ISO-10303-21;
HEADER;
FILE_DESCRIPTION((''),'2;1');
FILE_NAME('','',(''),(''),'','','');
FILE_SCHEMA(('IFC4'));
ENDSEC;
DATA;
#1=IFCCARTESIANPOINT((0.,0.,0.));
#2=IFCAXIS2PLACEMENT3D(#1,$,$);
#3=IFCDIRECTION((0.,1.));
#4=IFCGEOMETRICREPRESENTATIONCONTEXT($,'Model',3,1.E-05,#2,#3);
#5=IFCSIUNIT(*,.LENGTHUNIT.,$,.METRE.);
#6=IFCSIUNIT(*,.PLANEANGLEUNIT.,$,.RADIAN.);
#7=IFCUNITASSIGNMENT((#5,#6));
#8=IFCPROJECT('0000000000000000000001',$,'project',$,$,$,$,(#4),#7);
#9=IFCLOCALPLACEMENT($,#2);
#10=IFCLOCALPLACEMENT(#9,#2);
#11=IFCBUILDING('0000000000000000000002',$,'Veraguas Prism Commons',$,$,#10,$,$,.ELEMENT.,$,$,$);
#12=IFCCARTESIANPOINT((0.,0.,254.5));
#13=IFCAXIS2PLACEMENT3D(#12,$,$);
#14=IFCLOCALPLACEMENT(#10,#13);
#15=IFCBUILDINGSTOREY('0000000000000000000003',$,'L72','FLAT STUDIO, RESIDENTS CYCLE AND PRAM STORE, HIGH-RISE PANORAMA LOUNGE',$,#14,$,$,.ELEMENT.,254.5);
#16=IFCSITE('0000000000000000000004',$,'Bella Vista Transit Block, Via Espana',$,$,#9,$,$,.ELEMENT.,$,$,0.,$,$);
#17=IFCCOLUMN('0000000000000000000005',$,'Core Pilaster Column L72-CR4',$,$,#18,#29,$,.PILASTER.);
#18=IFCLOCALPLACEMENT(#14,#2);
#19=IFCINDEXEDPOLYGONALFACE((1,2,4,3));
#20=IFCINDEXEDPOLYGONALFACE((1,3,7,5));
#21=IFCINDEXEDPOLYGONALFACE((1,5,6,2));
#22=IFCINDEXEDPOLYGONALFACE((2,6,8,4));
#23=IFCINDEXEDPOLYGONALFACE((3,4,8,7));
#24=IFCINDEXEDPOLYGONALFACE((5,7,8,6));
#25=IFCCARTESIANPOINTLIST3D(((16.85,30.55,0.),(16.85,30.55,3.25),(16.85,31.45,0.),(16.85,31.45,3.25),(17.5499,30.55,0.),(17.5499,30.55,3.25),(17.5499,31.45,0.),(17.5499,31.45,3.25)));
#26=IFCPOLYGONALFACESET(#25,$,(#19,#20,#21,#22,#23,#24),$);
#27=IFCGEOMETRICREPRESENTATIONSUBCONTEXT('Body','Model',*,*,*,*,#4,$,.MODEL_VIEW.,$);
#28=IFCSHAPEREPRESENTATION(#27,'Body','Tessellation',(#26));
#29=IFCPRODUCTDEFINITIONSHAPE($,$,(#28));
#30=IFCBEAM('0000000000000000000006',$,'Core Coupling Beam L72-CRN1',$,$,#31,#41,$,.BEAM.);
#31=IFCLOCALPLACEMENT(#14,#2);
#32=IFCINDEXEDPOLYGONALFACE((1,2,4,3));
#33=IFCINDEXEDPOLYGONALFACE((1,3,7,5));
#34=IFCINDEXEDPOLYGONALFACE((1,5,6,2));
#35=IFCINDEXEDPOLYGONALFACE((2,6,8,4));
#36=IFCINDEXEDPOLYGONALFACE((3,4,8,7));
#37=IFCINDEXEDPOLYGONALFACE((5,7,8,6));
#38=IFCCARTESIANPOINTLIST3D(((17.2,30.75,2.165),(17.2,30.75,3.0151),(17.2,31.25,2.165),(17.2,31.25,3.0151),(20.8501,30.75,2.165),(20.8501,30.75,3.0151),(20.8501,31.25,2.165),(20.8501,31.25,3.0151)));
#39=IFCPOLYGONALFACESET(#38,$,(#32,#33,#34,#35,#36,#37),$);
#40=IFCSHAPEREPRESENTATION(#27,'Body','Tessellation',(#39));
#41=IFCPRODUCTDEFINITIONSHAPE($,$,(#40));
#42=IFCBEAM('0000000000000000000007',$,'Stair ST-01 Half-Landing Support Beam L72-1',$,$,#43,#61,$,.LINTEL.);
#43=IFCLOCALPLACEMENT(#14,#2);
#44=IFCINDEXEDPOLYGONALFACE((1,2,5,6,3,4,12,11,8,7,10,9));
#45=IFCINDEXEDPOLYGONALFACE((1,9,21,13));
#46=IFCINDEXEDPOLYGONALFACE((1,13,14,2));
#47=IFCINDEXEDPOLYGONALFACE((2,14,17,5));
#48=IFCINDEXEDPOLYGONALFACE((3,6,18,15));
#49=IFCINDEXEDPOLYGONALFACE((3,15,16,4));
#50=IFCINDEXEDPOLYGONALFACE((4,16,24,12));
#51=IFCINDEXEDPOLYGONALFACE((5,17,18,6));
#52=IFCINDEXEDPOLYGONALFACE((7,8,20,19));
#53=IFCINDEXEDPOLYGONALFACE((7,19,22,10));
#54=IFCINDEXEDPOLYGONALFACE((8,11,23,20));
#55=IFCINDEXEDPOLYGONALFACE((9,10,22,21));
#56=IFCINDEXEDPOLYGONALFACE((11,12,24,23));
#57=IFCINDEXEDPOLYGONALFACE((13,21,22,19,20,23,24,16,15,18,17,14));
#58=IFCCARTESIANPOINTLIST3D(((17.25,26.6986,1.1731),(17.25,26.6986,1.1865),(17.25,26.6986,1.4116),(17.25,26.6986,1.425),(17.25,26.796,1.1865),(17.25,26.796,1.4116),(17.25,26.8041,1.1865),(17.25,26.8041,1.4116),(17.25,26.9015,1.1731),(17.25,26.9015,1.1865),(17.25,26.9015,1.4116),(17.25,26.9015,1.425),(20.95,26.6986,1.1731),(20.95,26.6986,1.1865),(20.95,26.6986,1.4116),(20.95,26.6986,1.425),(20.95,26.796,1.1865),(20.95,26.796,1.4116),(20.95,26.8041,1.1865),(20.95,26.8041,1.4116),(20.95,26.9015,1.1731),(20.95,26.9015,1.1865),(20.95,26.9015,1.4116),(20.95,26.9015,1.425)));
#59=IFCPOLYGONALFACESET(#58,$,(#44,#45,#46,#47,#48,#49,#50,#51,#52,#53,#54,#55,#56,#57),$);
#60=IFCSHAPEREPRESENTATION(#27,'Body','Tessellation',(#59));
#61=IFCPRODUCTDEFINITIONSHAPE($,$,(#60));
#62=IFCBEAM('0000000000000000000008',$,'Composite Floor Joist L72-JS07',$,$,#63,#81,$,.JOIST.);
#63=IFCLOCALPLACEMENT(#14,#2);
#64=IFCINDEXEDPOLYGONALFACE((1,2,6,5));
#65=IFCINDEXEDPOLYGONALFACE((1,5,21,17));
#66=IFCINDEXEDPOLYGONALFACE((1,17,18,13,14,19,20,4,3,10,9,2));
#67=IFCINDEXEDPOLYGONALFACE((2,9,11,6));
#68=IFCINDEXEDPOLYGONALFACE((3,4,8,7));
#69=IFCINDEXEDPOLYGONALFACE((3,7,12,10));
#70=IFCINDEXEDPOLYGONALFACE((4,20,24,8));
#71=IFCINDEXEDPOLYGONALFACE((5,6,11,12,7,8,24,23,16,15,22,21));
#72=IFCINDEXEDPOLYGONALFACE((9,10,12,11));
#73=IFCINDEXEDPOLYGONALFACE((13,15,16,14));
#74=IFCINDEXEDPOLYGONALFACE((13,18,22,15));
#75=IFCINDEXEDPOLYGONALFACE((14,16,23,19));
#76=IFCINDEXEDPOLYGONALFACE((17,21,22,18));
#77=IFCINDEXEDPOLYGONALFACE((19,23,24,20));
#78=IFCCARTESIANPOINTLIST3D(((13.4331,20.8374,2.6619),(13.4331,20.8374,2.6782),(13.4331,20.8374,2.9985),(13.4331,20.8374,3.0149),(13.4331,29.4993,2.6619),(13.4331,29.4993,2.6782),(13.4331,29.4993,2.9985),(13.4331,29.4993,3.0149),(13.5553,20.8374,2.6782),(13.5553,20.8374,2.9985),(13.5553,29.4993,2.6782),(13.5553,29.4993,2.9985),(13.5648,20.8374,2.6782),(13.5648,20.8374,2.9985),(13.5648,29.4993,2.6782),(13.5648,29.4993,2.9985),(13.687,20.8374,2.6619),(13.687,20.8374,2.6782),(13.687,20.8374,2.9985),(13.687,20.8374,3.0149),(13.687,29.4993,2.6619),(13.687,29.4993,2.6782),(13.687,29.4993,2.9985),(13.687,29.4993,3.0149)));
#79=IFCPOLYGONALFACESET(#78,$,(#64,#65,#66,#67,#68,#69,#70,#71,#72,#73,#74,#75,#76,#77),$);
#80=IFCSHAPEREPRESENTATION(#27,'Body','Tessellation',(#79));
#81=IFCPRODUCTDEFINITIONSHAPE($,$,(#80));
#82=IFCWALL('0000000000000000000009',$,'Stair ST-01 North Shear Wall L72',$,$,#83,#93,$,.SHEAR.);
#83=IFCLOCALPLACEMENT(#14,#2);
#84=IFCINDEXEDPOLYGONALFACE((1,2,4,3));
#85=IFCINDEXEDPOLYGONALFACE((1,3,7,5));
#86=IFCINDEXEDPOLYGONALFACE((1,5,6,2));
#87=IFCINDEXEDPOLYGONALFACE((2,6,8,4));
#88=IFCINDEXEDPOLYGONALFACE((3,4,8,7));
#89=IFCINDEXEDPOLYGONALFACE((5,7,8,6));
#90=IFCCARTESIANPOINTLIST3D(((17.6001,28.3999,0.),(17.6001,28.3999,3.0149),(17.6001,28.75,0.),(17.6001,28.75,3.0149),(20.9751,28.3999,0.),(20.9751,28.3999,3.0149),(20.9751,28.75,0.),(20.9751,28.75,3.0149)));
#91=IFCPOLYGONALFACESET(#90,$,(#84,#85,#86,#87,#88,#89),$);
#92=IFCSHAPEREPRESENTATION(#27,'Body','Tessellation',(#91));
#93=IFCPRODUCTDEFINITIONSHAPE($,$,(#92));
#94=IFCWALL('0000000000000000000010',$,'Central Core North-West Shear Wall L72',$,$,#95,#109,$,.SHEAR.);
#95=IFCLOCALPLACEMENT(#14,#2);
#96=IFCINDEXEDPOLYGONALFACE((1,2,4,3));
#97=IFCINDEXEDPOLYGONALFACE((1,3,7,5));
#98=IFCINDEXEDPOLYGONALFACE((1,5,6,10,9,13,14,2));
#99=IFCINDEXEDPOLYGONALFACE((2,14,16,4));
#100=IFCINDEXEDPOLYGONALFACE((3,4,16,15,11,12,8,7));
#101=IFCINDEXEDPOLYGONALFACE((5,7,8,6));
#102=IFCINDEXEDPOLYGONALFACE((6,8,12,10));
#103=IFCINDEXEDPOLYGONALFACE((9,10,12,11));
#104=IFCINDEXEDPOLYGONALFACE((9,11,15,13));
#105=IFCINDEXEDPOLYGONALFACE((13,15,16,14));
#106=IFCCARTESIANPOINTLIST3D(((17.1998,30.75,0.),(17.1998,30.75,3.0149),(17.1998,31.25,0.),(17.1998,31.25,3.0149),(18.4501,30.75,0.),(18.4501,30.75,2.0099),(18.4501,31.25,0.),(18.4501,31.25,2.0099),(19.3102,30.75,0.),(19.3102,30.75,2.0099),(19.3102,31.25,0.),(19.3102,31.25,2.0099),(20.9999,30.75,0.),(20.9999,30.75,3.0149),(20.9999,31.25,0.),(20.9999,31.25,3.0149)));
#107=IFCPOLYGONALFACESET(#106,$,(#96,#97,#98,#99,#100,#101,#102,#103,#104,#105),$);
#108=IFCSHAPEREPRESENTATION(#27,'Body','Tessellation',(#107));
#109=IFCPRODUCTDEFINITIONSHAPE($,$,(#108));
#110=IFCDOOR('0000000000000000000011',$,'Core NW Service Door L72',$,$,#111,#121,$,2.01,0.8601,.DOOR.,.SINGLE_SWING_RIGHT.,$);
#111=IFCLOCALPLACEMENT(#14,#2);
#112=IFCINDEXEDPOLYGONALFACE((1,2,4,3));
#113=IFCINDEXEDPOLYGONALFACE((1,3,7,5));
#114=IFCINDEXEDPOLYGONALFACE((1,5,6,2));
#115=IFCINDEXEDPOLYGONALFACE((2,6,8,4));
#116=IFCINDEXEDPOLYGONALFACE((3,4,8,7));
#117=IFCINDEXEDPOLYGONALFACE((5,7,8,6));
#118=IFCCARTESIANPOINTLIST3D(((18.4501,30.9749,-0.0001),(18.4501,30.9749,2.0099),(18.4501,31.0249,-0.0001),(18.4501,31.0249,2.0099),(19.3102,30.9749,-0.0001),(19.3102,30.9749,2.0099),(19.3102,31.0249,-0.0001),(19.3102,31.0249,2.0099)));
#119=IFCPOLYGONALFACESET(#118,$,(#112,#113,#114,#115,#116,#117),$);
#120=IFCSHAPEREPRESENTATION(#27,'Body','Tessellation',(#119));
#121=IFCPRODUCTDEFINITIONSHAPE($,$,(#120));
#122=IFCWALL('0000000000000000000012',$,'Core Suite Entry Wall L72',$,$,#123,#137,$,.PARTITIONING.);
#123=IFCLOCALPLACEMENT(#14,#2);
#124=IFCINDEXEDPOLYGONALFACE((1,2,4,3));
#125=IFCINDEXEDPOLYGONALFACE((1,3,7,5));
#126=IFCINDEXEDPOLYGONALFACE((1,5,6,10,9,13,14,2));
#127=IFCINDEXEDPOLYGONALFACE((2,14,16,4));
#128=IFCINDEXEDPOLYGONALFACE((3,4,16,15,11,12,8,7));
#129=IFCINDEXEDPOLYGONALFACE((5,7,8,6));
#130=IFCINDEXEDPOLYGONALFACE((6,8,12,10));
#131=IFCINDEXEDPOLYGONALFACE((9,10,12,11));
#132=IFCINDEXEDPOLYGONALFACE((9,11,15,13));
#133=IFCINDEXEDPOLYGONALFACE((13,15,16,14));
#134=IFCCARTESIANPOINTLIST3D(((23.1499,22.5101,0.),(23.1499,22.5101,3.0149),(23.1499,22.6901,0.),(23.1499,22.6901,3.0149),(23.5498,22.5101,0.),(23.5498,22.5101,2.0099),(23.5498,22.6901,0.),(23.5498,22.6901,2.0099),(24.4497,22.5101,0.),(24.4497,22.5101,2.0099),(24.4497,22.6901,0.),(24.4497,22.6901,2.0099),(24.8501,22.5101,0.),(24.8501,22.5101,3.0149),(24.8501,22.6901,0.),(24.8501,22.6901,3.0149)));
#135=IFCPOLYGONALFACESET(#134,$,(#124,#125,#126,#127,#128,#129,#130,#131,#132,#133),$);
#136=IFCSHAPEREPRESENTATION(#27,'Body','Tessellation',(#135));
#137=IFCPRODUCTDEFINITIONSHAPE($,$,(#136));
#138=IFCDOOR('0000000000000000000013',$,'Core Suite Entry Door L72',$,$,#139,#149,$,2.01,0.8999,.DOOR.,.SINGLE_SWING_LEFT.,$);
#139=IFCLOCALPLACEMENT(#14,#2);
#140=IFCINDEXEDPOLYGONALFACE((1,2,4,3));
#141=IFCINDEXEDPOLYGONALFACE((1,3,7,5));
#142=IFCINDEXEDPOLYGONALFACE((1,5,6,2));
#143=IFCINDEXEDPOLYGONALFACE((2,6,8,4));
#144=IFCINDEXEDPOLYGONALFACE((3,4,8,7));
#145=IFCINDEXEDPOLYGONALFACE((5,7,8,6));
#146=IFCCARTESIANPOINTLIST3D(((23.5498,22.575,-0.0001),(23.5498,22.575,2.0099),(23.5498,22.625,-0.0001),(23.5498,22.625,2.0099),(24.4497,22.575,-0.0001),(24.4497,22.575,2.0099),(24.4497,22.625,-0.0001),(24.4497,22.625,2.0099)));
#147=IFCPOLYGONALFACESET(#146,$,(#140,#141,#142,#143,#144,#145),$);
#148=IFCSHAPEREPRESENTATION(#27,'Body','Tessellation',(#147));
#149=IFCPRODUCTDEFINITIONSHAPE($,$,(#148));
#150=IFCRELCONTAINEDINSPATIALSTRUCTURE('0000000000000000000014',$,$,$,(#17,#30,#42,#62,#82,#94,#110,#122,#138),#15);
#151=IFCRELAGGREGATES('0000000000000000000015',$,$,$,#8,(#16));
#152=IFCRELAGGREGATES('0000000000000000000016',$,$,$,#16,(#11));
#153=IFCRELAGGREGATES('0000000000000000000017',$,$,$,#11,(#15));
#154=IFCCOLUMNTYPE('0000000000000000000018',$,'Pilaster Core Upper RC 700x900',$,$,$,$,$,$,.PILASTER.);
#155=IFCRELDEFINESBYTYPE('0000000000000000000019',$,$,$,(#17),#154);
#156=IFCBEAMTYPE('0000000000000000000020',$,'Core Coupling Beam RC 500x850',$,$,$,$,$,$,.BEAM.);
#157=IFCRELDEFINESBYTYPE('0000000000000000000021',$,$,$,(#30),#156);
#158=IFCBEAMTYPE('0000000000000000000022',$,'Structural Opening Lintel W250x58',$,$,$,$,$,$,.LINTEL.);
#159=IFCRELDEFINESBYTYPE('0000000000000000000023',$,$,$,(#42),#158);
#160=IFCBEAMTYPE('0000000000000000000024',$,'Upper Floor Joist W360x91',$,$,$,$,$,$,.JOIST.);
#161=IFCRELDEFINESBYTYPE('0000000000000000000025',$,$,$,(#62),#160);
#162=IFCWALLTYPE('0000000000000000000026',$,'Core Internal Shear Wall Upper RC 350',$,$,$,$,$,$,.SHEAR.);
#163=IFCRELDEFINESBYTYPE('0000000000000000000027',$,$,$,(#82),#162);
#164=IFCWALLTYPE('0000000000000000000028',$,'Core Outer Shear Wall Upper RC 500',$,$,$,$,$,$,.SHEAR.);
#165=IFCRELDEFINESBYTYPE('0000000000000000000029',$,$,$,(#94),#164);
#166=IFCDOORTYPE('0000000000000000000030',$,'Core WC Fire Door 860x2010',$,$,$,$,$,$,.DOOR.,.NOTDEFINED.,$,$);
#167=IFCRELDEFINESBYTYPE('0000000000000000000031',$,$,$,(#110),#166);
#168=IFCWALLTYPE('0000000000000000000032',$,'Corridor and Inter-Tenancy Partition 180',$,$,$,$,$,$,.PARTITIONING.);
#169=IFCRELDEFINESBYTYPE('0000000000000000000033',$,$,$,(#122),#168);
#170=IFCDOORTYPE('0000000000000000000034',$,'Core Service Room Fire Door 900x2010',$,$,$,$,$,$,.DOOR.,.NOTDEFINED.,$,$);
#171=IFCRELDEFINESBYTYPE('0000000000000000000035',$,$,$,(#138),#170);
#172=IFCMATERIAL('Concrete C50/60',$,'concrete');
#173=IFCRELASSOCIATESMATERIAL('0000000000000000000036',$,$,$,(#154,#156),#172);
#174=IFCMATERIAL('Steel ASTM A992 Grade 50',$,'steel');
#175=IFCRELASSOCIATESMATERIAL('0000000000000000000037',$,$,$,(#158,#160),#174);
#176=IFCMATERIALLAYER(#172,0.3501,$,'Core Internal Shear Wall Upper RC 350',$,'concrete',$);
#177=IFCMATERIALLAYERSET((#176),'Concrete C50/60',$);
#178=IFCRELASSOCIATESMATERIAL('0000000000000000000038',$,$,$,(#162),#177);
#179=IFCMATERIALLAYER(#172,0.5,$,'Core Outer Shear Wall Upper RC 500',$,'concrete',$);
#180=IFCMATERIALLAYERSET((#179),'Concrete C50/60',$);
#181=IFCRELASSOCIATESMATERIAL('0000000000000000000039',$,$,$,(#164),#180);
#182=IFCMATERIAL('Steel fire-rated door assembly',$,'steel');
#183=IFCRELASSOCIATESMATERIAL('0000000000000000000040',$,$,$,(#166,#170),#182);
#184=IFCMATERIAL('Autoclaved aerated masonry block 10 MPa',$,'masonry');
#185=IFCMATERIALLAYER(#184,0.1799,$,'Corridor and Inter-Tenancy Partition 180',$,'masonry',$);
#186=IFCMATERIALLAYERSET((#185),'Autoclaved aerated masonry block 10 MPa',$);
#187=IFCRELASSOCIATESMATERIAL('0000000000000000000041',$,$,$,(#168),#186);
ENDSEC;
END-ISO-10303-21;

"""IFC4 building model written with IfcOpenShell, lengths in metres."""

from ifc_helpers import new_model, si_unit, direction, frame, frame_2d, origin, origin_2d, place, context, subcontext, project, spatial, rectangle, i_section, extrude, source, transform, mapped, material, layer, layer_set, material_profile, profile_set, type_object, element, fill, save


model = new_model("IFC4")

# Units and contexts
model_context = context("Model", 3, precision=1e-05, world=origin(), true_north=direction((0.0, 1.0)))
body_context = subcontext(model_context, "Body", "Model", "MODEL_VIEW")
ifc_project = project(units=[si_unit("LENGTHUNIT", "METRE"), si_unit("PLANEANGLEUNIT", "RADIAN")], contexts=[model_context])

# Site, building, storey
site_placement = place(None, origin())
site = spatial("IfcSite", under=ifc_project, at=site_placement, Name="Bella Vista Transit Block, Via Espana", CompositionType="ELEMENT", RefElevation=0.0)
building_placement = place(site_placement, origin())
building = spatial("IfcBuilding", under=site, at=building_placement, Name="Veraguas Prism Commons", CompositionType="ELEMENT")
storey_placement = place(building_placement, frame((0.0, 0.0, 254.5)))
storey = spatial("IfcBuildingStorey", under=building, at=storey_placement, Name="L72", Description="FLAT STUDIO, RESIDENTS CYCLE AND PRAM STORE, HIGH-RISE PANORAMA LOUNGE", CompositionType="ELEMENT", Elevation=254.5)

# Column
ifc_material_1 = material(Name="Concrete C50/60", Category="concrete")
ifc_material_profile_1 = material_profile(ifc_material_1, rectangle(XDim=0.7, YDim=0.8999, at=origin_2d()), Name="RC700X900")
ifc_profile_set_1 = profile_set([ifc_material_profile_1], Name="Concrete C50/60")
column_type = type_object("IfcColumnType", Name="Pilaster Core Upper RC 700x900", PredefinedType="PILASTER", material=ifc_profile_set_1)
column_placement = place(storey_placement, frame((17.2, 31.0, 0.0), z_axis=(0.0, 0.0, 1.0), x_axis=(1.0, 0.0, 0.0)))
element("IfcColumn", 1, at=column_placement, inside=storey, type_object=column_type, Name="Core Pilaster Column L72-CR4", PredefinedType="PILASTER", context=body_context, shape_type="SweptSolid", body=[
    extrude(rectangle(XDim=0.7, YDim=0.8999, at=origin_2d()), origin(), (0.0, 0.0, 1.0), 3.25),
])

# Beams
ifc_material_profile_2 = material_profile(ifc_material_1, rectangle(XDim=0.5, YDim=0.8501, at=origin_2d()), Name="RC500X850")
ifc_profile_set_2 = profile_set([ifc_material_profile_2], Name="Concrete C50/60")
beam_type_1 = type_object("IfcBeamType", Name="Core Coupling Beam RC 500x850", PredefinedType="BEAM", material=ifc_profile_set_2)
beam_1_placement = place(storey_placement, frame((17.2, 31.0, 2.5901), z_axis=(1.0, 0.0, 0.0), x_axis=(0.0, 1.0, 0.0)))
element("IfcBeam", 2, at=beam_1_placement, inside=storey, type_object=beam_type_1, Name="Core Coupling Beam L72-CRN1", PredefinedType="BEAM", context=body_context, shape_type="SweptSolid", body=[
    extrude(rectangle(XDim=0.5, YDim=0.8501, at=origin_2d()), origin(), (0.0, 0.0, 1.0), 3.6501),
])
ifc_material_2 = material(Name="Steel ASTM A992 Grade 50", Category="steel")
ifc_material_profile_3 = material_profile(ifc_material_2, i_section(OverallWidth=0.2029, OverallDepth=0.252, WebThickness=0.0081, FlangeThickness=0.0134, at=origin_2d()), Name="W250X58")
ifc_profile_set_3 = profile_set([ifc_material_profile_3], Name="Steel ASTM A992 Grade 50")
beam_type_2 = type_object("IfcBeamType", Name="Structural Opening Lintel W250x58", PredefinedType="LINTEL", material=ifc_profile_set_3)
beam_2_placement = place(storey_placement, frame((17.25, 26.8, 1.2991), z_axis=(1.0, 0.0, 0.0), x_axis=(0.0, 1.0, 0.0)))
element("IfcBeam", 3, at=beam_2_placement, inside=storey, type_object=beam_type_2, Name="Stair ST-01 Half-Landing Support Beam L72-1", PredefinedType="LINTEL", context=body_context, shape_type="SweptSolid", body=[
    extrude(i_section(OverallWidth=0.2029, OverallDepth=0.252, WebThickness=0.0081, FlangeThickness=0.0134, at=origin_2d()), origin(), (0.0, 0.0, 1.0), 3.7),
])
ifc_material_profile_4 = material_profile(ifc_material_2, i_section(OverallWidth=0.2539, OverallDepth=0.353, WebThickness=0.0095, FlangeThickness=0.0164, at=origin_2d()), Name="W360X91")
ifc_profile_set_4 = profile_set([ifc_material_profile_4], Name="Steel ASTM A992 Grade 50")
beam_type_3 = type_object("IfcBeamType", Name="Upper Floor Joist W360x91", PredefinedType="JOIST", material=ifc_profile_set_4)
beam_3_placement = place(storey_placement, frame((13.5601, 29.4993, 2.8384), z_axis=(0.0, -1.0, 0.0), x_axis=(1.0, 0.0, 0.0)))
element("IfcBeam", 4, at=beam_3_placement, inside=storey, type_object=beam_type_3, Name="Composite Floor Joist L72-JS07", PredefinedType="JOIST", context=body_context, shape_type="SweptSolid", body=[
    extrude(i_section(OverallWidth=0.2539, OverallDepth=0.353, WebThickness=0.0095, FlangeThickness=0.0164, at=origin_2d()), origin(), (0.0, 0.0, 1.0), 8.6619),
])

# Wall
ifc_layer_1 = layer(ifc_material_1, 0.3501, Name="Core Internal Shear Wall Upper RC 350", Category="concrete")
ifc_layer_set_1 = layer_set([ifc_layer_1], Name="Concrete C50/60")
wall_type_1 = type_object("IfcWallType", Name="Core Internal Shear Wall Upper RC 350", PredefinedType="SHEAR", material=ifc_layer_set_1)
wall_1_placement = place(storey_placement, frame((17.6001, 28.575, 0.0), z_axis=(0.0, 0.0, 1.0), x_axis=(1.0, 0.0, 0.0)))
element("IfcWall", 5, at=wall_1_placement, inside=storey, type_object=wall_type_1, Name="Stair ST-01 North Shear Wall L72", PredefinedType="SHEAR", context=body_context, shape_type="SweptSolid", body=[
    extrude(rectangle(XDim=3.375, YDim=0.3501, at=frame_2d((1.6875, 0.0))), origin(), (0.0, 0.0, 1.0), 3.0149),
])

# Walls, openings, doors
ifc_layer_2 = layer(ifc_material_1, 0.5, Name="Core Outer Shear Wall Upper RC 500", Category="concrete")
ifc_layer_set_2 = layer_set([ifc_layer_2], Name="Concrete C50/60")
wall_type_2 = type_object("IfcWallType", Name="Core Outer Shear Wall Upper RC 500", PredefinedType="SHEAR", material=ifc_layer_set_2)
wall_2_placement = place(storey_placement, frame((17.2, 31.0, 0.0), z_axis=(0.0, 0.0, 1.0), x_axis=(1.0, 0.0, 0.0)))
wall_2 = element("IfcWall", 6, at=wall_2_placement, inside=storey, type_object=wall_type_2, Name="Central Core North-West Shear Wall L72", PredefinedType="SHEAR", context=body_context, shape_type="SweptSolid", body=[
    extrude(rectangle(XDim=3.8, YDim=0.5, at=frame_2d((1.8999, 0.0))), origin(), (0.0, 0.0, 1.0), 3.0149),
])
opening_1_placement = place(wall_2_placement, frame((1.25, 0.0, 0.0)))
opening_1 = element("IfcOpeningElement", 7, at=opening_1_placement, cuts=wall_2, PredefinedType="OPENING", context=body_context, shape_type="SweptSolid", body=[
    extrude(rectangle(XDim=0.8601, YDim=2.01, at=frame_2d((0.4302, 1.0049))), frame((0.0, 0.26, 0.0), z_axis=(0.0, -1.0, 0.0), x_axis=(1.0, 0.0, 0.0)), (0.0, 0.0, 1.0), 0.52),
])
ifc_material_3 = material(Name="Steel fire-rated door assembly", Category="steel")
door_type_1 = type_object("IfcDoorType", Name="Core WC Fire Door 860x2010", OperationType="NOTDEFINED", PredefinedType="DOOR", material=ifc_material_3)
shared_shape_1 = source(origin(), body_context, "Body", "SweptSolid", [
    extrude(rectangle(XDim=0.8601, YDim=2.01, at=frame_2d((0.4302, 1.0049))), frame((0.0, 0.0249, 0.0), z_axis=(0.0, -1.0, 0.0), x_axis=(1.0, 0.0, 0.0)), (0.0, 0.0, 1.0), 0.05),
])
door_1_placement = place(opening_1_placement, origin())
door_1 = element("IfcDoor", 8, at=door_1_placement, inside=storey, type_object=door_type_1, Name="Core NW Service Door L72", OperationType="SINGLE_SWING_RIGHT", OverallHeight=2.01, OverallWidth=0.8601, PredefinedType="DOOR", context=body_context, shape_type="MappedRepresentation", body=[
    mapped(shared_shape_1, transform((0.0, 0.0, 0.0), scale=1.0)),
])
fill(opening_1, door_1)
ifc_material_4 = material(Name="Autoclaved aerated masonry block 10 MPa", Category="masonry")
ifc_layer_3 = layer(ifc_material_4, 0.1799, Name="Corridor and Inter-Tenancy Partition 180", Category="masonry")
ifc_layer_set_3 = layer_set([ifc_layer_3], Name="Autoclaved aerated masonry block 10 MPa")
wall_type_3 = type_object("IfcWallType", Name="Corridor and Inter-Tenancy Partition 180", PredefinedType="PARTITIONING", material=ifc_layer_set_3)
wall_3_placement = place(storey_placement, frame((23.1499, 22.6001, 0.0), z_axis=(0.0, 0.0, 1.0), x_axis=(1.0, 0.0, 0.0)))
wall_3 = element("IfcWall", 9, at=wall_3_placement, inside=storey, type_object=wall_type_3, Name="Core Suite Entry Wall L72", PredefinedType="PARTITIONING", context=body_context, shape_type="SweptSolid", body=[
    extrude(rectangle(XDim=1.7002, YDim=0.1799, at=frame_2d((0.8501, 0.0))), origin(), (0.0, 0.0, 1.0), 3.0149),
])
opening_2_placement = place(wall_3_placement, frame((0.3999, 0.0, 0.0)))
opening_2 = element("IfcOpeningElement", 10, at=opening_2_placement, cuts=wall_3, PredefinedType="OPENING", context=body_context, shape_type="SweptSolid", body=[
    extrude(rectangle(XDim=0.8999, YDim=2.01, at=frame_2d((0.45, 1.0049))), frame((0.0, 0.0999, 0.0), z_axis=(0.0, -1.0, 0.0), x_axis=(1.0, 0.0, 0.0)), (0.0, 0.0, 1.0), 0.2),
])
door_type_2 = type_object("IfcDoorType", Name="Core Service Room Fire Door 900x2010", OperationType="NOTDEFINED", PredefinedType="DOOR", material=ifc_material_3)
shared_shape_2 = source(origin(), body_context, "Body", "SweptSolid", [
    extrude(rectangle(XDim=0.8999, YDim=2.01, at=frame_2d((0.45, 1.0049))), frame((0.0, 0.0249, 0.0), z_axis=(0.0, -1.0, 0.0), x_axis=(1.0, 0.0, 0.0)), (0.0, 0.0, 1.0), 0.05),
])
door_2_placement = place(opening_2_placement, origin())
door_2 = element("IfcDoor", 11, at=door_2_placement, inside=storey, type_object=door_type_2, Name="Core Suite Entry Door L72", OperationType="SINGLE_SWING_LEFT", OverallHeight=2.01, OverallWidth=0.8999, PredefinedType="DOOR", context=body_context, shape_type="MappedRepresentation", body=[
    mapped(shared_shape_2, transform((0.0, 0.0, 0.0), scale=1.0)),
])
fill(opening_2, door_2)

save(model, "model.ifc")
